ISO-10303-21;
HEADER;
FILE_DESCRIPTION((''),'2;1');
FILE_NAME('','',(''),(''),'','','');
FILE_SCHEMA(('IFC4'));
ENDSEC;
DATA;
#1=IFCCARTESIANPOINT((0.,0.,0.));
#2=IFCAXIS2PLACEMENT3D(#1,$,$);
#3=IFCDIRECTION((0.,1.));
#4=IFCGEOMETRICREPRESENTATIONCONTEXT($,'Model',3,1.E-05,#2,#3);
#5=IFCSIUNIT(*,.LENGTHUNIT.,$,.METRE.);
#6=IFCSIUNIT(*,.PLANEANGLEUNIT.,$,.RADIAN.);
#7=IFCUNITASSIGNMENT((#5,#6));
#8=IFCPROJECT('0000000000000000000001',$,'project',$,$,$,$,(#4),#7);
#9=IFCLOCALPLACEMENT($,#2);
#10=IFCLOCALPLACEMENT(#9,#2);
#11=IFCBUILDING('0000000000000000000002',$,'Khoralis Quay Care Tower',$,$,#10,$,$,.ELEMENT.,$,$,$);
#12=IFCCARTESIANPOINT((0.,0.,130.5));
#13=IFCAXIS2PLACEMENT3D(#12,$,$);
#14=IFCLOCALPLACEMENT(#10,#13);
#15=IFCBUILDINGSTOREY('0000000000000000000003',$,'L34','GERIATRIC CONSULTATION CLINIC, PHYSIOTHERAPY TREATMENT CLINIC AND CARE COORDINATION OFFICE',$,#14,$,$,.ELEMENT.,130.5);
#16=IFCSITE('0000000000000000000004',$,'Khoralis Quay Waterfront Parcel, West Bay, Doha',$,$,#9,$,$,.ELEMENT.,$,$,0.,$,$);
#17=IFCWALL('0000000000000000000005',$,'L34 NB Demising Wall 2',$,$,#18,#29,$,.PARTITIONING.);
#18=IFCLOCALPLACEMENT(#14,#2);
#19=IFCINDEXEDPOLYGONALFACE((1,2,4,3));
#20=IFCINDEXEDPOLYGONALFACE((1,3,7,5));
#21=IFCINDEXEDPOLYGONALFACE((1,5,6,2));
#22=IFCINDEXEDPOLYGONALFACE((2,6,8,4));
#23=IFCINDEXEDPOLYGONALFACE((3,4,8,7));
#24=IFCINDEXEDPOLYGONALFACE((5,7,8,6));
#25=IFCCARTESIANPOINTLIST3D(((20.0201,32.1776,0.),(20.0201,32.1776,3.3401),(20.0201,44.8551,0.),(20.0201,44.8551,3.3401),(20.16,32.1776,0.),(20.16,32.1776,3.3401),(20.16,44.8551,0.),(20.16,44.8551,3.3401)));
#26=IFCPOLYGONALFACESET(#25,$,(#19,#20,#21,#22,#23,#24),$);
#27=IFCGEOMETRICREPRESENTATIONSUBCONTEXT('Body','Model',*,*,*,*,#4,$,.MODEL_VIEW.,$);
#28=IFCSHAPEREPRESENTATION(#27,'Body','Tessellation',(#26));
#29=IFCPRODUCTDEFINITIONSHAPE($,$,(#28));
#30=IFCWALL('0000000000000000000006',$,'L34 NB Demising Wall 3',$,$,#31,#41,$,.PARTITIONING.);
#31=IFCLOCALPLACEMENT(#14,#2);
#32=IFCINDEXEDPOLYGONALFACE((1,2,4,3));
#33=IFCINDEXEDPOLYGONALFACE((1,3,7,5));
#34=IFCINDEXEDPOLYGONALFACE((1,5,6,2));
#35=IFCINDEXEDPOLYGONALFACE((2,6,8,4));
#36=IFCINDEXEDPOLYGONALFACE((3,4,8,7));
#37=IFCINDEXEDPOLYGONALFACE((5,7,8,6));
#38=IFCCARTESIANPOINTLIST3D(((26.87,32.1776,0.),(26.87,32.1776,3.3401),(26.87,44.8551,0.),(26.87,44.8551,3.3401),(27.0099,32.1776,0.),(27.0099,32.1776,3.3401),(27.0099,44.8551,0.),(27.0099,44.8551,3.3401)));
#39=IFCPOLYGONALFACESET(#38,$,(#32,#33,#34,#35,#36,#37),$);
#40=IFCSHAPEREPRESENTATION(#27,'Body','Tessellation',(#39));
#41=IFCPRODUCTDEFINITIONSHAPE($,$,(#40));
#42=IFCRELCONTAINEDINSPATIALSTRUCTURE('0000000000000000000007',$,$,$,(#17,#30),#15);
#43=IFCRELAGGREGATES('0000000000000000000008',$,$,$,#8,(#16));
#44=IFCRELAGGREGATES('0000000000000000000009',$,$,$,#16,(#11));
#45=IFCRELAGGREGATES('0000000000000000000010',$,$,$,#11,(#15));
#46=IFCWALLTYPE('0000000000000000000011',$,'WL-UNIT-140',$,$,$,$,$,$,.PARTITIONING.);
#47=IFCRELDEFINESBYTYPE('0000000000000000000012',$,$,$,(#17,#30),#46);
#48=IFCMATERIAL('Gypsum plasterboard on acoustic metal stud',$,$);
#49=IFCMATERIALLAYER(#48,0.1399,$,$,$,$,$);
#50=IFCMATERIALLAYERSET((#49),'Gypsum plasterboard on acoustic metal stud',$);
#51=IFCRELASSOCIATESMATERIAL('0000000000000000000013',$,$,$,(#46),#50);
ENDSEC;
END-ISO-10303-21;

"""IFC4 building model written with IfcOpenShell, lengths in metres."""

from ifc_helpers import new_model, si_unit, direction, frame, frame_2d, origin, place, context, subcontext, project, spatial, rectangle, extrude, material, layer, layer_set, type_object, element, save


model = new_model("IFC4")

# Units and contexts
model_context = context("Model", 3, precision=1e-05, world=origin(), true_north=direction((0.0, 1.0)))
body_context = subcontext(model_context, "Body", "Model", "MODEL_VIEW")
ifc_project = project(units=[si_unit("LENGTHUNIT", "METRE"), si_unit("PLANEANGLEUNIT", "RADIAN")], contexts=[model_context])

# Site, building, storey
site_placement = place(None, origin())
site = spatial("IfcSite", under=ifc_project, at=site_placement, Name="Khoralis Quay Waterfront Parcel, West Bay, Doha", CompositionType="ELEMENT", RefElevation=0.0)
building_placement = place(site_placement, origin())
building = spatial("IfcBuilding", under=site, at=building_placement, Name="Khoralis Quay Care Tower", CompositionType="ELEMENT")
storey_placement = place(building_placement, frame((0.0, 0.0, 130.5)))
storey = spatial("IfcBuildingStorey", under=building, at=storey_placement, Name="L34", Description="GERIATRIC CONSULTATION CLINIC, PHYSIOTHERAPY TREATMENT CLINIC AND CARE COORDINATION OFFICE", CompositionType="ELEMENT", Elevation=130.5)

# Walls
ifc_material_1 = material(Name="Gypsum plasterboard on acoustic metal stud")
ifc_layer_1 = layer(ifc_material_1, 0.1399)
ifc_layer_set_1 = layer_set([ifc_layer_1], Name="Gypsum plasterboard on acoustic metal stud")
wall_type_1 = type_object("IfcWallType", Name="WL-UNIT-140", PredefinedType="PARTITIONING", material=ifc_layer_set_1)
for number, where, z_axis, x_axis, name in (
    (1, (20.0901, 32.1775, 0.0), (0.0, 0.0, 1.0), (0.0, 1.0, 0.0), "L34 NB Demising Wall 2"),
    (2, (26.9399, 32.1775, 0.0), (0.0, 0.0, 1.0), (0.0, 1.0, 0.0), "L34 NB Demising Wall 3"),
):
    element("IfcWall", number, at=place(storey_placement, frame(where, z_axis=z_axis, x_axis=x_axis)), inside=storey, type_object=wall_type_1, Name=name, PredefinedType="PARTITIONING", context=body_context, shape_type="SweptSolid", body=[
        extrude(rectangle(XDim=12.6775, YDim=0.1399, at=frame_2d((6.3389, 0.0))), origin(), (0.0, 0.0, 1.0), 3.3401),
    ])

save(model, "model.ifc")
